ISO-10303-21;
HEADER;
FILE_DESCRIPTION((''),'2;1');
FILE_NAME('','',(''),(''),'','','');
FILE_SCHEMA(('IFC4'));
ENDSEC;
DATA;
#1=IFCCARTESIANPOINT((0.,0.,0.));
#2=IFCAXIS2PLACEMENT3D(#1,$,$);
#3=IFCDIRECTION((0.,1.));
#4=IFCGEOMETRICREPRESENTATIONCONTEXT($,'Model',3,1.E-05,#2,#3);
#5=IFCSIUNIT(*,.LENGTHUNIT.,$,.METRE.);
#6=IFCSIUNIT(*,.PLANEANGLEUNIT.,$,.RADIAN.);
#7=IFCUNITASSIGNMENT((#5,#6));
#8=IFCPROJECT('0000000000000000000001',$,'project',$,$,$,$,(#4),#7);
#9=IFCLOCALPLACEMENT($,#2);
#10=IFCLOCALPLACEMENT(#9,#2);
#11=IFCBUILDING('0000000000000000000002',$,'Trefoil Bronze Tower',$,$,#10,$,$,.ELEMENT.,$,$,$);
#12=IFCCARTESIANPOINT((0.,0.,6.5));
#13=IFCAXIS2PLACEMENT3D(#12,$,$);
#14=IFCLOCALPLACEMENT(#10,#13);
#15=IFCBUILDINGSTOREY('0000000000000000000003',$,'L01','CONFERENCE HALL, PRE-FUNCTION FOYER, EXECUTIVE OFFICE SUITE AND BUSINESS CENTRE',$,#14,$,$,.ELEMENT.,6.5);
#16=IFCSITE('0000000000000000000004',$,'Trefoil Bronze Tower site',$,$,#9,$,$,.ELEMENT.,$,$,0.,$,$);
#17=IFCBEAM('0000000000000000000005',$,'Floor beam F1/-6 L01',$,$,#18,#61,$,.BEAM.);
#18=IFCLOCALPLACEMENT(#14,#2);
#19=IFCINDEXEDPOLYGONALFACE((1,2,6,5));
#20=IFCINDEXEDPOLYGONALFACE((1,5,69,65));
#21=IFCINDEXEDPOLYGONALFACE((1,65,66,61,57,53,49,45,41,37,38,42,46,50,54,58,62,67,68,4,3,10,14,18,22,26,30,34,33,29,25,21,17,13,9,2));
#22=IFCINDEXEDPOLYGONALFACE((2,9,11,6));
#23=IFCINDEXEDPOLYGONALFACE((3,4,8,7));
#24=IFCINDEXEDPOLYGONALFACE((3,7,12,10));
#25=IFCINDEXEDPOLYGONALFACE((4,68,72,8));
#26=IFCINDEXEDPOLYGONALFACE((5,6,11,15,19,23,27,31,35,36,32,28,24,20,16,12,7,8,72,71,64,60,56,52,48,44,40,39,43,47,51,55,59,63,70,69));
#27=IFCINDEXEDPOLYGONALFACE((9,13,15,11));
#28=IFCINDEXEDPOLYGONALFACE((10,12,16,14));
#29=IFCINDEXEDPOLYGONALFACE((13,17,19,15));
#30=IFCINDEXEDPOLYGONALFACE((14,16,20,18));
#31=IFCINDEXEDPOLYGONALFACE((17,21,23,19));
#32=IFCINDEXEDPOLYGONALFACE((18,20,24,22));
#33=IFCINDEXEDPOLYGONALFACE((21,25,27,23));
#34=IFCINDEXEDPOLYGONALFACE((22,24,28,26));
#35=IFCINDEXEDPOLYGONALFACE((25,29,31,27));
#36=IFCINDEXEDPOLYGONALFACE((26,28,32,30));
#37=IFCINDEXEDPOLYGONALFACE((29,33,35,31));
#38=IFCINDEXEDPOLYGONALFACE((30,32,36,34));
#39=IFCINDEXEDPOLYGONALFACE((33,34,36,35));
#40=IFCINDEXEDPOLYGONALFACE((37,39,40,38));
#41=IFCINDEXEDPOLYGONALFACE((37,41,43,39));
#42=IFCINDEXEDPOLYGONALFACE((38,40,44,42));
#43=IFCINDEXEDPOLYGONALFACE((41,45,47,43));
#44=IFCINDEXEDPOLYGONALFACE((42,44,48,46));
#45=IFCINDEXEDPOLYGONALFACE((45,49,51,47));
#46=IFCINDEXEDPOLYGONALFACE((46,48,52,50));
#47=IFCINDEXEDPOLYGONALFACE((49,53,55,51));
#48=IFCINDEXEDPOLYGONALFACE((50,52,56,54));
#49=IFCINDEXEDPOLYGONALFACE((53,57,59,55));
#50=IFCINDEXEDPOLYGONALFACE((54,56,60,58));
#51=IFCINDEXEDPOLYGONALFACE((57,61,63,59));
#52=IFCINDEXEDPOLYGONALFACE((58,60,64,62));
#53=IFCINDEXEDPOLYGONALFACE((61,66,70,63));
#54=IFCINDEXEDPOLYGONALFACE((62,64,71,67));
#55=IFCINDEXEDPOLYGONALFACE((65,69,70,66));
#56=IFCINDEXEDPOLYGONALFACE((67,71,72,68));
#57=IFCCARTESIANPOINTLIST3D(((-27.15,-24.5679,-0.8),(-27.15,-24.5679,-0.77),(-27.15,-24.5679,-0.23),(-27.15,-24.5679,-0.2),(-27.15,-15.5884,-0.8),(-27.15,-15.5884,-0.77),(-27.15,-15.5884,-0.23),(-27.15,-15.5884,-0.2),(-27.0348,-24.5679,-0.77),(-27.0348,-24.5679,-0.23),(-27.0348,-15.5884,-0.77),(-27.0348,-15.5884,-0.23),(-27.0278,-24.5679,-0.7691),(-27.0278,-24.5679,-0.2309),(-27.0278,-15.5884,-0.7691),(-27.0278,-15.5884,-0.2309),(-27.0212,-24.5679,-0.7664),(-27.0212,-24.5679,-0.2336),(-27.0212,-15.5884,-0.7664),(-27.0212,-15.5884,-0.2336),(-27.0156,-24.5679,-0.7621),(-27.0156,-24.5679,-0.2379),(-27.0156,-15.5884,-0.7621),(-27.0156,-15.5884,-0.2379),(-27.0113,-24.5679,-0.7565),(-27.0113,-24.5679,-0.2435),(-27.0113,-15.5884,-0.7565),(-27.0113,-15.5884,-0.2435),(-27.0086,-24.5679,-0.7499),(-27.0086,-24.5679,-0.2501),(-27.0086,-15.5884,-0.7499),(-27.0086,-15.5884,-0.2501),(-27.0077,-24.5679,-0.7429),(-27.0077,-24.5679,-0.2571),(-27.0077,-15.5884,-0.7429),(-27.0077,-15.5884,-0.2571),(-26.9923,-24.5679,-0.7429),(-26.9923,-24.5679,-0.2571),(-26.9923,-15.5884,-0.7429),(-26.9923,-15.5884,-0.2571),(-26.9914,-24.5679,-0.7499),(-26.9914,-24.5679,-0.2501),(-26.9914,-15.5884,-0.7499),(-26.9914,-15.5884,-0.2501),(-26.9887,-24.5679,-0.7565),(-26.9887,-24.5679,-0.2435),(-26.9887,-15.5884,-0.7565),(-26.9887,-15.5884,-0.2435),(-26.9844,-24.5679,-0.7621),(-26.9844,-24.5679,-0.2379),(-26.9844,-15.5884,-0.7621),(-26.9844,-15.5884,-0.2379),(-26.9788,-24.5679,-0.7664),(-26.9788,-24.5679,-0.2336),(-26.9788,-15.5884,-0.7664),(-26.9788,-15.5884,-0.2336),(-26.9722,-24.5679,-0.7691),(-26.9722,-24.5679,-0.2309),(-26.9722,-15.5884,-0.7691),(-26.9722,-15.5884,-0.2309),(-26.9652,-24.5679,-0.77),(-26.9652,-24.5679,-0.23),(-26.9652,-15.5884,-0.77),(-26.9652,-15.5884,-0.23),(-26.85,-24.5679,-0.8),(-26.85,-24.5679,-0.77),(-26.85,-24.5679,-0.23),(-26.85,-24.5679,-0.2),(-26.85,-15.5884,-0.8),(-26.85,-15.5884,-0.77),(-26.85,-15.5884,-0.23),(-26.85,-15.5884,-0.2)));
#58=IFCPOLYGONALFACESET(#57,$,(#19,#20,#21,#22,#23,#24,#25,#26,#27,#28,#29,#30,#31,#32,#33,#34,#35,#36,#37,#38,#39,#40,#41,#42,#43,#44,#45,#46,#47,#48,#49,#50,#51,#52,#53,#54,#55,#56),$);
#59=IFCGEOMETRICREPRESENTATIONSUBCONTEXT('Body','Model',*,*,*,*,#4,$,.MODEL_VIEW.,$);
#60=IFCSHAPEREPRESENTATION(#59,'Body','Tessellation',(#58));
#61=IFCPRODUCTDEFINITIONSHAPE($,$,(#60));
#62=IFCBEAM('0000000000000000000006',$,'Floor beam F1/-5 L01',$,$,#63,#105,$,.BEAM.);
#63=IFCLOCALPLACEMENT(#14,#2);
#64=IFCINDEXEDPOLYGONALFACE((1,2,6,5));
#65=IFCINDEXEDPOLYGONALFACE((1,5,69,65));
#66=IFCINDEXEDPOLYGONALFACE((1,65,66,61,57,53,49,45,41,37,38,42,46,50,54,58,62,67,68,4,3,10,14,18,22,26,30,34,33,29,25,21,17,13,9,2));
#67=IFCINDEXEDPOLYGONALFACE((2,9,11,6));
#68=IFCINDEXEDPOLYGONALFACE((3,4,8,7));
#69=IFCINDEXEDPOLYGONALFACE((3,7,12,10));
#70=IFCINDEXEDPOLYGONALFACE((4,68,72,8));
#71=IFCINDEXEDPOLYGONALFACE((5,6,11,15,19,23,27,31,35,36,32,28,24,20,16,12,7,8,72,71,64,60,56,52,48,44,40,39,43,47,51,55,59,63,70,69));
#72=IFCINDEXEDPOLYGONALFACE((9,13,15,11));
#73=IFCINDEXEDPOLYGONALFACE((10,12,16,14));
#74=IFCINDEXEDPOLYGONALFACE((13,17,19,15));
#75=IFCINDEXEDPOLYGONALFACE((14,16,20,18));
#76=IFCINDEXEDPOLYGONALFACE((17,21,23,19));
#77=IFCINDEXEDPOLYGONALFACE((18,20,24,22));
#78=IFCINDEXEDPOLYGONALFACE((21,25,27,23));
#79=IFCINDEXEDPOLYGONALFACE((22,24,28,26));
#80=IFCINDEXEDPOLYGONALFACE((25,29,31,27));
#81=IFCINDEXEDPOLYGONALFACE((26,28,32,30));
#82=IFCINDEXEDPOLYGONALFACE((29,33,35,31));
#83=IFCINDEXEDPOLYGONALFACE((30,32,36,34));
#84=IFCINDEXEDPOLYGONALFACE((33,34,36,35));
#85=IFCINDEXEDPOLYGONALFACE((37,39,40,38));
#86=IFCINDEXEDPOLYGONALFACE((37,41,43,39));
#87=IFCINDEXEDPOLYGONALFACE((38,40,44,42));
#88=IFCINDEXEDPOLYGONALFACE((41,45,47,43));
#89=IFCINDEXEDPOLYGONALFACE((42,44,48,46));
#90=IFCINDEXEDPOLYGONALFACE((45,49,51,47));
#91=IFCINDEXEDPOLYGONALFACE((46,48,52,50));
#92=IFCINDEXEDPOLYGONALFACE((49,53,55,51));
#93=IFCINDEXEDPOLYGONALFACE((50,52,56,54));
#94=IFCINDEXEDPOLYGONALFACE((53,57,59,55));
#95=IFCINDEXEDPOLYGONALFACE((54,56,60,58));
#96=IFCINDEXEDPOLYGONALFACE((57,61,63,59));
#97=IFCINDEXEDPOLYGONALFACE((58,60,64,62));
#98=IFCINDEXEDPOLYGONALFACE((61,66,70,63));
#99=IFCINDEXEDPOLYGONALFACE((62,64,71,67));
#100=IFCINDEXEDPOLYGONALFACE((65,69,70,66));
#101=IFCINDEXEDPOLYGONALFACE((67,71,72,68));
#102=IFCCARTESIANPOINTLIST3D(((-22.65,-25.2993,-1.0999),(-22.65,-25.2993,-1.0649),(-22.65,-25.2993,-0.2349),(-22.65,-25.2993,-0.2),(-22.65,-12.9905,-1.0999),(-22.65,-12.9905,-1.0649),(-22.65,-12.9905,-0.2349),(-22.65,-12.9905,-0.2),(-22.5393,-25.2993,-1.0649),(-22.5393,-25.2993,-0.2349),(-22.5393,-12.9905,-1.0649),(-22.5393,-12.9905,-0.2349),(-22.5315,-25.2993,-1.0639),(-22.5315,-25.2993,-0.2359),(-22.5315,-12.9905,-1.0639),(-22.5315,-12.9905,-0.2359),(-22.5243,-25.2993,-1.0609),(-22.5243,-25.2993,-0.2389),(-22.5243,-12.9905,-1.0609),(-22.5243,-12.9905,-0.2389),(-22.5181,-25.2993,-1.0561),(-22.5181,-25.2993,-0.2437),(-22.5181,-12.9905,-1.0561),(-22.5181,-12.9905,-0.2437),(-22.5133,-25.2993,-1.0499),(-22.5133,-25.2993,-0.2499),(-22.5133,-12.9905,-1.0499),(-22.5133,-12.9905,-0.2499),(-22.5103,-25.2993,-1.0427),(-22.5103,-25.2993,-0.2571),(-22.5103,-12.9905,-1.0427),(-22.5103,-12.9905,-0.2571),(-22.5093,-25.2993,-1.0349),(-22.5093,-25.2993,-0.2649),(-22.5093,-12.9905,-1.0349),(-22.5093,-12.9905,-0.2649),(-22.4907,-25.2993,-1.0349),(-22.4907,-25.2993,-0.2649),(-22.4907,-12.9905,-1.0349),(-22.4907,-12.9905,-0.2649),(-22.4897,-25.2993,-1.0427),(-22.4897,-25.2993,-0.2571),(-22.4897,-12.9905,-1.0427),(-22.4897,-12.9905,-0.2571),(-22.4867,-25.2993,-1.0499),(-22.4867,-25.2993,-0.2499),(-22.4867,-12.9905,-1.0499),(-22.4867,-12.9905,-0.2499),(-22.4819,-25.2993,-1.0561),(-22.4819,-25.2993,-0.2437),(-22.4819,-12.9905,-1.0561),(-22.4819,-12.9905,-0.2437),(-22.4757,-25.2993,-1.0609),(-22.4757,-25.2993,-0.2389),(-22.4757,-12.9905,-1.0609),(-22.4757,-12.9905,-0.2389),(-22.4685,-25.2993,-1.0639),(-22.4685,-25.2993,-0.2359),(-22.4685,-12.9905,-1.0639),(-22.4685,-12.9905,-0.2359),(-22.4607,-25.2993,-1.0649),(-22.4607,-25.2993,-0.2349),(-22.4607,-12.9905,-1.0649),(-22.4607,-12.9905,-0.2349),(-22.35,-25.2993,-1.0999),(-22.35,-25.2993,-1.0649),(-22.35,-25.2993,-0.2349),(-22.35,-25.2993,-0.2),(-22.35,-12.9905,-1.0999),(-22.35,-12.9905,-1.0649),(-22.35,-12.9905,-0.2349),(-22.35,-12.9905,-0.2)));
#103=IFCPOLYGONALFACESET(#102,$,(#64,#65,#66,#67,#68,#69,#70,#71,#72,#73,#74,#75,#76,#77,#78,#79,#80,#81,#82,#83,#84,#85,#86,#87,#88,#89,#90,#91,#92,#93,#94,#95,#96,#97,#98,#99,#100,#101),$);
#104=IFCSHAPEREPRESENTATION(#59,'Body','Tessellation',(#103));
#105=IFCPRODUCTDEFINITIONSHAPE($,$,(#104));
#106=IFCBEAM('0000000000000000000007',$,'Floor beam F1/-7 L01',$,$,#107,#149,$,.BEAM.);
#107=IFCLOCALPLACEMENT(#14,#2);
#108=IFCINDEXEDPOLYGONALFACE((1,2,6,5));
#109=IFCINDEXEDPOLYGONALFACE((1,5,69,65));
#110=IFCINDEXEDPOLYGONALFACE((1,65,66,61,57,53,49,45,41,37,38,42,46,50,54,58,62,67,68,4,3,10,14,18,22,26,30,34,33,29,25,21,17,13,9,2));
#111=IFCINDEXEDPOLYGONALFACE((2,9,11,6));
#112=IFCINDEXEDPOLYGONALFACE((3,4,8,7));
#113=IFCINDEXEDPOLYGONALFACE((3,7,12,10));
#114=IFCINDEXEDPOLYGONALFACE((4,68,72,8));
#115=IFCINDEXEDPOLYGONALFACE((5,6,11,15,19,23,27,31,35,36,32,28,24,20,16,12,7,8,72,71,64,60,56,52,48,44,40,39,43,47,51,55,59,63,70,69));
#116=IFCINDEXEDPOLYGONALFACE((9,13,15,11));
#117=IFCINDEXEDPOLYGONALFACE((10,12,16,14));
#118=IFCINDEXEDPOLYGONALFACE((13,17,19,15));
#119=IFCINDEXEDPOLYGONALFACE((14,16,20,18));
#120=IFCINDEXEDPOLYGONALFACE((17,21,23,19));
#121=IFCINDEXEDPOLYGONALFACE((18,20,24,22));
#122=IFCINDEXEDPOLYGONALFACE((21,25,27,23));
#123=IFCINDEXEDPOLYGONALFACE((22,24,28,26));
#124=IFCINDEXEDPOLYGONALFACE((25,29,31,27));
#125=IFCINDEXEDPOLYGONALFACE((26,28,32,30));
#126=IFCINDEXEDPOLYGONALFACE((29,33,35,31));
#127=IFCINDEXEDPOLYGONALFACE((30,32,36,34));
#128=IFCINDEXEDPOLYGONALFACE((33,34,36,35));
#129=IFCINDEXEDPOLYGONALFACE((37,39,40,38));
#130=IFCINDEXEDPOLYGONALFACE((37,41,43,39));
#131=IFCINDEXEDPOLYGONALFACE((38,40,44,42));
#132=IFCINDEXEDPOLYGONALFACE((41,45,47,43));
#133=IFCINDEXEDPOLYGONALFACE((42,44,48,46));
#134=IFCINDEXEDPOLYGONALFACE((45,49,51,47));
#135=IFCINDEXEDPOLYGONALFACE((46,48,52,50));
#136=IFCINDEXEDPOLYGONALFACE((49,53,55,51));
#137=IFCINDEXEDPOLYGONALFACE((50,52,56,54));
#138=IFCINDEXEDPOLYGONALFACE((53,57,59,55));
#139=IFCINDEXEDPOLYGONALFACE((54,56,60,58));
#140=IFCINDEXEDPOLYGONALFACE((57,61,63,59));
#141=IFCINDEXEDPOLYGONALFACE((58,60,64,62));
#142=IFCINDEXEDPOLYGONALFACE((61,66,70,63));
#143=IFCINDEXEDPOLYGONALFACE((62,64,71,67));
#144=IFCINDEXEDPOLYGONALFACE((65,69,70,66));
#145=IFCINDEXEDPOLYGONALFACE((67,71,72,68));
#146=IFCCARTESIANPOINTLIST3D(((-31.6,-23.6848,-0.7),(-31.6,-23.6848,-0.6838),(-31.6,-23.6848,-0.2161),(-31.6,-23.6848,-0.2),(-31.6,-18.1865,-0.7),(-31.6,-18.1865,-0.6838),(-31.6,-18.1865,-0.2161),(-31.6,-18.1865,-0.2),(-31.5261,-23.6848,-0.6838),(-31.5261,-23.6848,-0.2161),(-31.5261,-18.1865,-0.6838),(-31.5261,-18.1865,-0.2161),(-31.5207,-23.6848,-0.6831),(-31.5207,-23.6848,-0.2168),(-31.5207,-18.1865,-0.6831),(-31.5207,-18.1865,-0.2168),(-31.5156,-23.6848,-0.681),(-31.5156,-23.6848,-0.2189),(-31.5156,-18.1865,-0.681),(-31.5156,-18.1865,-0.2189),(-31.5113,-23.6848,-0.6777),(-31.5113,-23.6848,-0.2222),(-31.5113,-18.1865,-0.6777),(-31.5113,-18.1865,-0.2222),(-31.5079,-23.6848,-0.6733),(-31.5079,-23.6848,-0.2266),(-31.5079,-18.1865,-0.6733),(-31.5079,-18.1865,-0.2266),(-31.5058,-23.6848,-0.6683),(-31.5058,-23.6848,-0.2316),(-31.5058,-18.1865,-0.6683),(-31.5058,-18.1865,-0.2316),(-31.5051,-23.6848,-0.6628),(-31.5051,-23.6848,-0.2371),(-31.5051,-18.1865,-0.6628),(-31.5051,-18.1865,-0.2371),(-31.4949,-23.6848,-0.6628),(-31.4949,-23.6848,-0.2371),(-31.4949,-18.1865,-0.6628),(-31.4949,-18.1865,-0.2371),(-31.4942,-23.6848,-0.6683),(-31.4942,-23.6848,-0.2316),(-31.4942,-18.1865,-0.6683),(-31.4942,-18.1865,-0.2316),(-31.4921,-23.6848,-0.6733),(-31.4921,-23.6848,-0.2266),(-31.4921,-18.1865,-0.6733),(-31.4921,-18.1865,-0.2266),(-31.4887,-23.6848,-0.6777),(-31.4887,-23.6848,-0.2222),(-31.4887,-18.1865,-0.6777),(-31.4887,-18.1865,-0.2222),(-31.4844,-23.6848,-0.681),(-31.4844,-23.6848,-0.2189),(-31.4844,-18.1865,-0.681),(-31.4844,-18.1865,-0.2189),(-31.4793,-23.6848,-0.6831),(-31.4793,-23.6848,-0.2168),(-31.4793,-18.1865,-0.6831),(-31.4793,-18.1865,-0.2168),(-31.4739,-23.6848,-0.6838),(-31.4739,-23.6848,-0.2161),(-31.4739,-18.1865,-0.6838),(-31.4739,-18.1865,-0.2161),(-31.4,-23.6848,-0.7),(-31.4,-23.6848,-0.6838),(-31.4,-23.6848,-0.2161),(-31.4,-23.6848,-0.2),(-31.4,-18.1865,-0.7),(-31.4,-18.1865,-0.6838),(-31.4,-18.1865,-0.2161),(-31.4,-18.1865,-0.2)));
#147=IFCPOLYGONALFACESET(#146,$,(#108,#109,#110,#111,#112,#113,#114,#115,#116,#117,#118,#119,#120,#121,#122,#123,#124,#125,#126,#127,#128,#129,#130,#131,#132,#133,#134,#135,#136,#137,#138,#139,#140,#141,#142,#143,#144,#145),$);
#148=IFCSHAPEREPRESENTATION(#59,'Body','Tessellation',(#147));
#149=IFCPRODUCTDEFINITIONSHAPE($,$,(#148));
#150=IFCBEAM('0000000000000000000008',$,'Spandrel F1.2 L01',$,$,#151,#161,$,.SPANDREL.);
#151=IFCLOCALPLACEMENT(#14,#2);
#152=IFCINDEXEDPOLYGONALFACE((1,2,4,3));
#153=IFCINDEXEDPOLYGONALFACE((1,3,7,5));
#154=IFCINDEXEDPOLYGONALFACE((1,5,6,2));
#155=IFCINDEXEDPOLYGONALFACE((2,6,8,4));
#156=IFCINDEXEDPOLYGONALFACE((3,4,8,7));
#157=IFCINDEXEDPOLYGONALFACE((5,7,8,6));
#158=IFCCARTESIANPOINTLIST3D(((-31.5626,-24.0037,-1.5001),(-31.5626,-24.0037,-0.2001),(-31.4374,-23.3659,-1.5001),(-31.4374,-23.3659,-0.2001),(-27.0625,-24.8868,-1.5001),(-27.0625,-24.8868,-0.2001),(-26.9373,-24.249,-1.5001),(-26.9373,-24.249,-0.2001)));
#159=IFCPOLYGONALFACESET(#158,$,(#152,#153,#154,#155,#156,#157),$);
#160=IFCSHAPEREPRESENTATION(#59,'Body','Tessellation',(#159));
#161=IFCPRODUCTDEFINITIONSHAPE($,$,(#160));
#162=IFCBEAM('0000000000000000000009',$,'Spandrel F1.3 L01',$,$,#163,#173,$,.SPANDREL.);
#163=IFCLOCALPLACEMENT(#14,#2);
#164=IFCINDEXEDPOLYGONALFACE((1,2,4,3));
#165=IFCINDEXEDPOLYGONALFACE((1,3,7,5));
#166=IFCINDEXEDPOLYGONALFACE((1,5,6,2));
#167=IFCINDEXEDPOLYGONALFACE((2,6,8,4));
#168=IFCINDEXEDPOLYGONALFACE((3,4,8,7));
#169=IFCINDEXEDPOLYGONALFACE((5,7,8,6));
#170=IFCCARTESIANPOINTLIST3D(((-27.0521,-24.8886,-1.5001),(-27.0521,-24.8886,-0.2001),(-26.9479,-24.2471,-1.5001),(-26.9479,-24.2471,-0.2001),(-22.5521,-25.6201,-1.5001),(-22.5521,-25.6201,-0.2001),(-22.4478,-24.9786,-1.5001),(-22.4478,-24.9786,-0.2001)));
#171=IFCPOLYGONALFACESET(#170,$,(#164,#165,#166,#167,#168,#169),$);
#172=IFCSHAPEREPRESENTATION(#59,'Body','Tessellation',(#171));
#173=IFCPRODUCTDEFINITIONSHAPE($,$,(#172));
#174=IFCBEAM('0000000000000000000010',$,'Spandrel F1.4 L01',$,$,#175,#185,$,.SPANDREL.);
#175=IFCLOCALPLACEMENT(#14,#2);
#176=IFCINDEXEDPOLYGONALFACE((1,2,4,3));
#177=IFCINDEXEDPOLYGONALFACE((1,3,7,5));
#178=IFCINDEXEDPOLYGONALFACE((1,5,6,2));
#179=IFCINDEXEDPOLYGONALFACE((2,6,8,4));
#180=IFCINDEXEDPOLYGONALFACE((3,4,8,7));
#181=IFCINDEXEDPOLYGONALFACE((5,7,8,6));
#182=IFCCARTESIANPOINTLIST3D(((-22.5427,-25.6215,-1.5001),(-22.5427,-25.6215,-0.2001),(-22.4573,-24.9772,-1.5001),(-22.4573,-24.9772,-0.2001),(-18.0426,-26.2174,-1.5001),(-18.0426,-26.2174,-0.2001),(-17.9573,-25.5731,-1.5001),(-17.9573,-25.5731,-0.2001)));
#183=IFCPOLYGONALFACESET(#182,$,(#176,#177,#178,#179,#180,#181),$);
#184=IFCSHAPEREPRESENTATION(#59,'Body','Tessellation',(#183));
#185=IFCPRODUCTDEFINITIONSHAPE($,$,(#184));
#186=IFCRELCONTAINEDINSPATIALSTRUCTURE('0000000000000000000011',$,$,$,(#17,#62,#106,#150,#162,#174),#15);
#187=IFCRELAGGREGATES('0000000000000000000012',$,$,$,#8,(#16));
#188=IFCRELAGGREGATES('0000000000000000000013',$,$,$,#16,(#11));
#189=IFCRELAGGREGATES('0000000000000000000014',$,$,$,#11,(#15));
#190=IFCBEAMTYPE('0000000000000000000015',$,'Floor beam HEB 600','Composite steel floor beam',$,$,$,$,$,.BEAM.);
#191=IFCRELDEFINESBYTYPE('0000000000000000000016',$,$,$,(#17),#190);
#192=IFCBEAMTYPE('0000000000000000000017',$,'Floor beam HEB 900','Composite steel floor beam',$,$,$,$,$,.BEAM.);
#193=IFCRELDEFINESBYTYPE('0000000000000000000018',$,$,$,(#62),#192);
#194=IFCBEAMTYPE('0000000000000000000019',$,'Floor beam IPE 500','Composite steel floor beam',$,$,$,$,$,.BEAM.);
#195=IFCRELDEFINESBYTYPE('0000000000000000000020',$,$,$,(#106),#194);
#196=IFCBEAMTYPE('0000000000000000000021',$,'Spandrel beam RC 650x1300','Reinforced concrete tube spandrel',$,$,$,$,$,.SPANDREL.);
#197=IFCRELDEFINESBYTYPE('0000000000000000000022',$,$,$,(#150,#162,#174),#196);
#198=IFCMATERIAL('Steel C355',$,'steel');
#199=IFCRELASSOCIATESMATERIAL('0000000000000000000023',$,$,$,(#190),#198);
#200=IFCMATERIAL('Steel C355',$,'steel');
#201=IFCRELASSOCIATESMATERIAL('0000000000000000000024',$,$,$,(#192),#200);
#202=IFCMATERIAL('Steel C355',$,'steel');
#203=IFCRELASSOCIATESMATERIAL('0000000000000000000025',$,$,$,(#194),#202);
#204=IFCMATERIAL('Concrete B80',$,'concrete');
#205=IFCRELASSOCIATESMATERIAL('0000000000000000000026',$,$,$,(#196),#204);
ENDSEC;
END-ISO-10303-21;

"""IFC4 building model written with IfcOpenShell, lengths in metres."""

from ifc_helpers import new_model, si_unit, direction, frame, origin, origin_2d, place, context, subcontext, project, spatial, rectangle, i_section, extrude, material, material_profile, profile_set, type_object, element, save


model = new_model("IFC4")

# Units and contexts
model_context = context("Model", 3, precision=1e-05, world=origin(), true_north=direction((0.0, 1.0)))
body_context = subcontext(model_context, "Body", "Model", "MODEL_VIEW")
ifc_project = project(units=[si_unit("LENGTHUNIT", "METRE"), si_unit("PLANEANGLEUNIT", "RADIAN")], contexts=[model_context])

# Site, building, storey
site_placement = place(None, origin())
site = spatial("IfcSite", under=ifc_project, at=site_placement, Name="Trefoil Bronze Tower site", CompositionType="ELEMENT", RefElevation=0.0)
building_placement = place(site_placement, origin())
building = spatial("IfcBuilding", under=site, at=building_placement, Name="Trefoil Bronze Tower", CompositionType="ELEMENT")
storey_placement = place(building_placement, frame((0.0, 0.0, 6.5)))
storey = spatial("IfcBuildingStorey", under=building, at=storey_placement, Name="L01", Description="CONFERENCE HALL, PRE-FUNCTION FOYER, EXECUTIVE OFFICE SUITE AND BUSINESS CENTRE", CompositionType="ELEMENT", Elevation=6.5)

# Beams
ifc_material_1 = material(Name="Steel C355", Category="steel")
ifc_material_profile_1 = material_profile(ifc_material_1, i_section(OverallWidth=0.3, OverallDepth=0.6001, WebThickness=0.0154, FlangeThickness=0.03, FilletRadius=0.0271, at=origin_2d()), Name="HEB 600")
ifc_profile_set_1 = profile_set([ifc_material_profile_1], Name="Steel C355")
beam_type_1 = type_object("IfcBeamType", Name="Floor beam HEB 600", Description="Composite steel floor beam", PredefinedType="BEAM", material=ifc_profile_set_1)
beam_1_placement = place(storey_placement, frame((-27.0, -24.5679, -0.5), z_axis=(0.0, 1.0, 0.0), x_axis=(-1.0, 0.0, 0.0)))
element("IfcBeam", 1, at=beam_1_placement, inside=storey, type_object=beam_type_1, Name="Floor beam F1/-6 L01", PredefinedType="BEAM", context=body_context, shape_type="SweptSolid", body=[
    extrude(i_section(OverallWidth=0.3, OverallDepth=0.6001, WebThickness=0.0154, FlangeThickness=0.03, FilletRadius=0.0271, at=origin_2d()), origin(), (0.0, 0.0, 1.0), 8.9795),
])
ifc_material_2 = material(Name="Steel C355", Category="steel")
ifc_material_profile_2 = material_profile(ifc_material_2, i_section(OverallWidth=0.3, OverallDepth=0.8999, WebThickness=0.0186, FlangeThickness=0.0349, FilletRadius=0.03, at=origin_2d()), Name="HEB 900")
ifc_profile_set_2 = profile_set([ifc_material_profile_2], Name="Steel C355")
beam_type_2 = type_object("IfcBeamType", Name="Floor beam HEB 900", Description="Composite steel floor beam", PredefinedType="BEAM", material=ifc_profile_set_2)
beam_2_placement = place(storey_placement, frame((-22.5, -25.2993, -0.6499), z_axis=(0.0, 1.0, 0.0), x_axis=(-1.0, 0.0, 0.0)))
element("IfcBeam", 2, at=beam_2_placement, inside=storey, type_object=beam_type_2, Name="Floor beam F1/-5 L01", PredefinedType="BEAM", context=body_context, shape_type="SweptSolid", body=[
    extrude(i_section(OverallWidth=0.3, OverallDepth=0.8999, WebThickness=0.0186, FlangeThickness=0.0349, FilletRadius=0.03, at=origin_2d()), origin(), (0.0, 0.0, 1.0), 12.3088),
])
ifc_material_3 = material(Name="Steel C355", Category="steel")
ifc_material_profile_3 = material_profile(ifc_material_3, i_section(OverallWidth=0.2, OverallDepth=0.5, WebThickness=0.0103, FlangeThickness=0.0161, FilletRadius=0.021, at=origin_2d()), Name="IPE 500")
ifc_profile_set_3 = profile_set([ifc_material_profile_3], Name="Steel C355")
beam_type_3 = type_object("IfcBeamType", Name="Floor beam IPE 500", Description="Composite steel floor beam", PredefinedType="BEAM", material=ifc_profile_set_3)
beam_3_placement = place(storey_placement, frame((-31.5, -23.6848, -0.45), z_axis=(0.0, 1.0, 0.0), x_axis=(-1.0, 0.0, 0.0)))
element("IfcBeam", 3, at=beam_3_placement, inside=storey, type_object=beam_type_3, Name="Floor beam F1/-7 L01", PredefinedType="BEAM", context=body_context, shape_type="SweptSolid", body=[
    extrude(i_section(OverallWidth=0.2, OverallDepth=0.5, WebThickness=0.0103, FlangeThickness=0.0161, FilletRadius=0.021, at=origin_2d()), origin(), (0.0, 0.0, 1.0), 5.4983),
])
ifc_material_4 = material(Name="Concrete B80", Category="concrete")
ifc_material_profile_4 = material_profile(ifc_material_4, rectangle(XDim=0.6499, YDim=1.3, at=origin_2d()), Name="RC 650x1300")
ifc_profile_set_4 = profile_set([ifc_material_profile_4], Name="Concrete B80")
beam_type_4 = type_object("IfcBeamType", Name="Spandrel beam RC 650x1300", Description="Reinforced concrete tube spandrel", PredefinedType="SPANDREL", material=ifc_profile_set_4)
beam_4_placement = place(storey_placement, frame((-31.5, -23.6848, -0.8501), z_axis=(0.981285, -0.192562, 0.0), x_axis=(0.192562, 0.981285, 0.0)))
element("IfcBeam", 4, at=beam_4_placement, inside=storey, type_object=beam_type_4, Name="Spandrel F1.2 L01", PredefinedType="SPANDREL", context=body_context, shape_type="SweptSolid", body=[
    extrude(rectangle(XDim=0.6499, YDim=1.3, at=origin_2d()), origin(), (0.0, 0.0, 1.0), 4.5859),
])
beam_5_placement = place(storey_placement, frame((-27.0, -24.5679, -0.8501), z_axis=(0.987046, -0.160438, 0.0), x_axis=(0.160438, 0.987046, 0.0)))
element("IfcBeam", 5, at=beam_5_placement, inside=storey, type_object=beam_type_4, Name="Spandrel F1.3 L01", PredefinedType="SPANDREL", context=body_context, shape_type="SweptSolid", body=[
    extrude(rectangle(XDim=0.6499, YDim=1.3, at=origin_2d()), origin(), (0.0, 0.0, 1.0), 4.5591),
])
beam_6_placement = place(storey_placement, frame((-22.5, -25.2993, -0.8501), z_axis=(0.991344, -0.131286, 0.0), x_axis=(0.131286, 0.991344, 0.0)))
element("IfcBeam", 6, at=beam_6_placement, inside=storey, type_object=beam_type_4, Name="Spandrel F1.4 L01", PredefinedType="SPANDREL", context=body_context, shape_type="SweptSolid", body=[
    extrude(rectangle(XDim=0.6499, YDim=1.3, at=origin_2d()), origin(), (0.0, 0.0, 1.0), 4.5393),
])

save(model, "model.ifc")
